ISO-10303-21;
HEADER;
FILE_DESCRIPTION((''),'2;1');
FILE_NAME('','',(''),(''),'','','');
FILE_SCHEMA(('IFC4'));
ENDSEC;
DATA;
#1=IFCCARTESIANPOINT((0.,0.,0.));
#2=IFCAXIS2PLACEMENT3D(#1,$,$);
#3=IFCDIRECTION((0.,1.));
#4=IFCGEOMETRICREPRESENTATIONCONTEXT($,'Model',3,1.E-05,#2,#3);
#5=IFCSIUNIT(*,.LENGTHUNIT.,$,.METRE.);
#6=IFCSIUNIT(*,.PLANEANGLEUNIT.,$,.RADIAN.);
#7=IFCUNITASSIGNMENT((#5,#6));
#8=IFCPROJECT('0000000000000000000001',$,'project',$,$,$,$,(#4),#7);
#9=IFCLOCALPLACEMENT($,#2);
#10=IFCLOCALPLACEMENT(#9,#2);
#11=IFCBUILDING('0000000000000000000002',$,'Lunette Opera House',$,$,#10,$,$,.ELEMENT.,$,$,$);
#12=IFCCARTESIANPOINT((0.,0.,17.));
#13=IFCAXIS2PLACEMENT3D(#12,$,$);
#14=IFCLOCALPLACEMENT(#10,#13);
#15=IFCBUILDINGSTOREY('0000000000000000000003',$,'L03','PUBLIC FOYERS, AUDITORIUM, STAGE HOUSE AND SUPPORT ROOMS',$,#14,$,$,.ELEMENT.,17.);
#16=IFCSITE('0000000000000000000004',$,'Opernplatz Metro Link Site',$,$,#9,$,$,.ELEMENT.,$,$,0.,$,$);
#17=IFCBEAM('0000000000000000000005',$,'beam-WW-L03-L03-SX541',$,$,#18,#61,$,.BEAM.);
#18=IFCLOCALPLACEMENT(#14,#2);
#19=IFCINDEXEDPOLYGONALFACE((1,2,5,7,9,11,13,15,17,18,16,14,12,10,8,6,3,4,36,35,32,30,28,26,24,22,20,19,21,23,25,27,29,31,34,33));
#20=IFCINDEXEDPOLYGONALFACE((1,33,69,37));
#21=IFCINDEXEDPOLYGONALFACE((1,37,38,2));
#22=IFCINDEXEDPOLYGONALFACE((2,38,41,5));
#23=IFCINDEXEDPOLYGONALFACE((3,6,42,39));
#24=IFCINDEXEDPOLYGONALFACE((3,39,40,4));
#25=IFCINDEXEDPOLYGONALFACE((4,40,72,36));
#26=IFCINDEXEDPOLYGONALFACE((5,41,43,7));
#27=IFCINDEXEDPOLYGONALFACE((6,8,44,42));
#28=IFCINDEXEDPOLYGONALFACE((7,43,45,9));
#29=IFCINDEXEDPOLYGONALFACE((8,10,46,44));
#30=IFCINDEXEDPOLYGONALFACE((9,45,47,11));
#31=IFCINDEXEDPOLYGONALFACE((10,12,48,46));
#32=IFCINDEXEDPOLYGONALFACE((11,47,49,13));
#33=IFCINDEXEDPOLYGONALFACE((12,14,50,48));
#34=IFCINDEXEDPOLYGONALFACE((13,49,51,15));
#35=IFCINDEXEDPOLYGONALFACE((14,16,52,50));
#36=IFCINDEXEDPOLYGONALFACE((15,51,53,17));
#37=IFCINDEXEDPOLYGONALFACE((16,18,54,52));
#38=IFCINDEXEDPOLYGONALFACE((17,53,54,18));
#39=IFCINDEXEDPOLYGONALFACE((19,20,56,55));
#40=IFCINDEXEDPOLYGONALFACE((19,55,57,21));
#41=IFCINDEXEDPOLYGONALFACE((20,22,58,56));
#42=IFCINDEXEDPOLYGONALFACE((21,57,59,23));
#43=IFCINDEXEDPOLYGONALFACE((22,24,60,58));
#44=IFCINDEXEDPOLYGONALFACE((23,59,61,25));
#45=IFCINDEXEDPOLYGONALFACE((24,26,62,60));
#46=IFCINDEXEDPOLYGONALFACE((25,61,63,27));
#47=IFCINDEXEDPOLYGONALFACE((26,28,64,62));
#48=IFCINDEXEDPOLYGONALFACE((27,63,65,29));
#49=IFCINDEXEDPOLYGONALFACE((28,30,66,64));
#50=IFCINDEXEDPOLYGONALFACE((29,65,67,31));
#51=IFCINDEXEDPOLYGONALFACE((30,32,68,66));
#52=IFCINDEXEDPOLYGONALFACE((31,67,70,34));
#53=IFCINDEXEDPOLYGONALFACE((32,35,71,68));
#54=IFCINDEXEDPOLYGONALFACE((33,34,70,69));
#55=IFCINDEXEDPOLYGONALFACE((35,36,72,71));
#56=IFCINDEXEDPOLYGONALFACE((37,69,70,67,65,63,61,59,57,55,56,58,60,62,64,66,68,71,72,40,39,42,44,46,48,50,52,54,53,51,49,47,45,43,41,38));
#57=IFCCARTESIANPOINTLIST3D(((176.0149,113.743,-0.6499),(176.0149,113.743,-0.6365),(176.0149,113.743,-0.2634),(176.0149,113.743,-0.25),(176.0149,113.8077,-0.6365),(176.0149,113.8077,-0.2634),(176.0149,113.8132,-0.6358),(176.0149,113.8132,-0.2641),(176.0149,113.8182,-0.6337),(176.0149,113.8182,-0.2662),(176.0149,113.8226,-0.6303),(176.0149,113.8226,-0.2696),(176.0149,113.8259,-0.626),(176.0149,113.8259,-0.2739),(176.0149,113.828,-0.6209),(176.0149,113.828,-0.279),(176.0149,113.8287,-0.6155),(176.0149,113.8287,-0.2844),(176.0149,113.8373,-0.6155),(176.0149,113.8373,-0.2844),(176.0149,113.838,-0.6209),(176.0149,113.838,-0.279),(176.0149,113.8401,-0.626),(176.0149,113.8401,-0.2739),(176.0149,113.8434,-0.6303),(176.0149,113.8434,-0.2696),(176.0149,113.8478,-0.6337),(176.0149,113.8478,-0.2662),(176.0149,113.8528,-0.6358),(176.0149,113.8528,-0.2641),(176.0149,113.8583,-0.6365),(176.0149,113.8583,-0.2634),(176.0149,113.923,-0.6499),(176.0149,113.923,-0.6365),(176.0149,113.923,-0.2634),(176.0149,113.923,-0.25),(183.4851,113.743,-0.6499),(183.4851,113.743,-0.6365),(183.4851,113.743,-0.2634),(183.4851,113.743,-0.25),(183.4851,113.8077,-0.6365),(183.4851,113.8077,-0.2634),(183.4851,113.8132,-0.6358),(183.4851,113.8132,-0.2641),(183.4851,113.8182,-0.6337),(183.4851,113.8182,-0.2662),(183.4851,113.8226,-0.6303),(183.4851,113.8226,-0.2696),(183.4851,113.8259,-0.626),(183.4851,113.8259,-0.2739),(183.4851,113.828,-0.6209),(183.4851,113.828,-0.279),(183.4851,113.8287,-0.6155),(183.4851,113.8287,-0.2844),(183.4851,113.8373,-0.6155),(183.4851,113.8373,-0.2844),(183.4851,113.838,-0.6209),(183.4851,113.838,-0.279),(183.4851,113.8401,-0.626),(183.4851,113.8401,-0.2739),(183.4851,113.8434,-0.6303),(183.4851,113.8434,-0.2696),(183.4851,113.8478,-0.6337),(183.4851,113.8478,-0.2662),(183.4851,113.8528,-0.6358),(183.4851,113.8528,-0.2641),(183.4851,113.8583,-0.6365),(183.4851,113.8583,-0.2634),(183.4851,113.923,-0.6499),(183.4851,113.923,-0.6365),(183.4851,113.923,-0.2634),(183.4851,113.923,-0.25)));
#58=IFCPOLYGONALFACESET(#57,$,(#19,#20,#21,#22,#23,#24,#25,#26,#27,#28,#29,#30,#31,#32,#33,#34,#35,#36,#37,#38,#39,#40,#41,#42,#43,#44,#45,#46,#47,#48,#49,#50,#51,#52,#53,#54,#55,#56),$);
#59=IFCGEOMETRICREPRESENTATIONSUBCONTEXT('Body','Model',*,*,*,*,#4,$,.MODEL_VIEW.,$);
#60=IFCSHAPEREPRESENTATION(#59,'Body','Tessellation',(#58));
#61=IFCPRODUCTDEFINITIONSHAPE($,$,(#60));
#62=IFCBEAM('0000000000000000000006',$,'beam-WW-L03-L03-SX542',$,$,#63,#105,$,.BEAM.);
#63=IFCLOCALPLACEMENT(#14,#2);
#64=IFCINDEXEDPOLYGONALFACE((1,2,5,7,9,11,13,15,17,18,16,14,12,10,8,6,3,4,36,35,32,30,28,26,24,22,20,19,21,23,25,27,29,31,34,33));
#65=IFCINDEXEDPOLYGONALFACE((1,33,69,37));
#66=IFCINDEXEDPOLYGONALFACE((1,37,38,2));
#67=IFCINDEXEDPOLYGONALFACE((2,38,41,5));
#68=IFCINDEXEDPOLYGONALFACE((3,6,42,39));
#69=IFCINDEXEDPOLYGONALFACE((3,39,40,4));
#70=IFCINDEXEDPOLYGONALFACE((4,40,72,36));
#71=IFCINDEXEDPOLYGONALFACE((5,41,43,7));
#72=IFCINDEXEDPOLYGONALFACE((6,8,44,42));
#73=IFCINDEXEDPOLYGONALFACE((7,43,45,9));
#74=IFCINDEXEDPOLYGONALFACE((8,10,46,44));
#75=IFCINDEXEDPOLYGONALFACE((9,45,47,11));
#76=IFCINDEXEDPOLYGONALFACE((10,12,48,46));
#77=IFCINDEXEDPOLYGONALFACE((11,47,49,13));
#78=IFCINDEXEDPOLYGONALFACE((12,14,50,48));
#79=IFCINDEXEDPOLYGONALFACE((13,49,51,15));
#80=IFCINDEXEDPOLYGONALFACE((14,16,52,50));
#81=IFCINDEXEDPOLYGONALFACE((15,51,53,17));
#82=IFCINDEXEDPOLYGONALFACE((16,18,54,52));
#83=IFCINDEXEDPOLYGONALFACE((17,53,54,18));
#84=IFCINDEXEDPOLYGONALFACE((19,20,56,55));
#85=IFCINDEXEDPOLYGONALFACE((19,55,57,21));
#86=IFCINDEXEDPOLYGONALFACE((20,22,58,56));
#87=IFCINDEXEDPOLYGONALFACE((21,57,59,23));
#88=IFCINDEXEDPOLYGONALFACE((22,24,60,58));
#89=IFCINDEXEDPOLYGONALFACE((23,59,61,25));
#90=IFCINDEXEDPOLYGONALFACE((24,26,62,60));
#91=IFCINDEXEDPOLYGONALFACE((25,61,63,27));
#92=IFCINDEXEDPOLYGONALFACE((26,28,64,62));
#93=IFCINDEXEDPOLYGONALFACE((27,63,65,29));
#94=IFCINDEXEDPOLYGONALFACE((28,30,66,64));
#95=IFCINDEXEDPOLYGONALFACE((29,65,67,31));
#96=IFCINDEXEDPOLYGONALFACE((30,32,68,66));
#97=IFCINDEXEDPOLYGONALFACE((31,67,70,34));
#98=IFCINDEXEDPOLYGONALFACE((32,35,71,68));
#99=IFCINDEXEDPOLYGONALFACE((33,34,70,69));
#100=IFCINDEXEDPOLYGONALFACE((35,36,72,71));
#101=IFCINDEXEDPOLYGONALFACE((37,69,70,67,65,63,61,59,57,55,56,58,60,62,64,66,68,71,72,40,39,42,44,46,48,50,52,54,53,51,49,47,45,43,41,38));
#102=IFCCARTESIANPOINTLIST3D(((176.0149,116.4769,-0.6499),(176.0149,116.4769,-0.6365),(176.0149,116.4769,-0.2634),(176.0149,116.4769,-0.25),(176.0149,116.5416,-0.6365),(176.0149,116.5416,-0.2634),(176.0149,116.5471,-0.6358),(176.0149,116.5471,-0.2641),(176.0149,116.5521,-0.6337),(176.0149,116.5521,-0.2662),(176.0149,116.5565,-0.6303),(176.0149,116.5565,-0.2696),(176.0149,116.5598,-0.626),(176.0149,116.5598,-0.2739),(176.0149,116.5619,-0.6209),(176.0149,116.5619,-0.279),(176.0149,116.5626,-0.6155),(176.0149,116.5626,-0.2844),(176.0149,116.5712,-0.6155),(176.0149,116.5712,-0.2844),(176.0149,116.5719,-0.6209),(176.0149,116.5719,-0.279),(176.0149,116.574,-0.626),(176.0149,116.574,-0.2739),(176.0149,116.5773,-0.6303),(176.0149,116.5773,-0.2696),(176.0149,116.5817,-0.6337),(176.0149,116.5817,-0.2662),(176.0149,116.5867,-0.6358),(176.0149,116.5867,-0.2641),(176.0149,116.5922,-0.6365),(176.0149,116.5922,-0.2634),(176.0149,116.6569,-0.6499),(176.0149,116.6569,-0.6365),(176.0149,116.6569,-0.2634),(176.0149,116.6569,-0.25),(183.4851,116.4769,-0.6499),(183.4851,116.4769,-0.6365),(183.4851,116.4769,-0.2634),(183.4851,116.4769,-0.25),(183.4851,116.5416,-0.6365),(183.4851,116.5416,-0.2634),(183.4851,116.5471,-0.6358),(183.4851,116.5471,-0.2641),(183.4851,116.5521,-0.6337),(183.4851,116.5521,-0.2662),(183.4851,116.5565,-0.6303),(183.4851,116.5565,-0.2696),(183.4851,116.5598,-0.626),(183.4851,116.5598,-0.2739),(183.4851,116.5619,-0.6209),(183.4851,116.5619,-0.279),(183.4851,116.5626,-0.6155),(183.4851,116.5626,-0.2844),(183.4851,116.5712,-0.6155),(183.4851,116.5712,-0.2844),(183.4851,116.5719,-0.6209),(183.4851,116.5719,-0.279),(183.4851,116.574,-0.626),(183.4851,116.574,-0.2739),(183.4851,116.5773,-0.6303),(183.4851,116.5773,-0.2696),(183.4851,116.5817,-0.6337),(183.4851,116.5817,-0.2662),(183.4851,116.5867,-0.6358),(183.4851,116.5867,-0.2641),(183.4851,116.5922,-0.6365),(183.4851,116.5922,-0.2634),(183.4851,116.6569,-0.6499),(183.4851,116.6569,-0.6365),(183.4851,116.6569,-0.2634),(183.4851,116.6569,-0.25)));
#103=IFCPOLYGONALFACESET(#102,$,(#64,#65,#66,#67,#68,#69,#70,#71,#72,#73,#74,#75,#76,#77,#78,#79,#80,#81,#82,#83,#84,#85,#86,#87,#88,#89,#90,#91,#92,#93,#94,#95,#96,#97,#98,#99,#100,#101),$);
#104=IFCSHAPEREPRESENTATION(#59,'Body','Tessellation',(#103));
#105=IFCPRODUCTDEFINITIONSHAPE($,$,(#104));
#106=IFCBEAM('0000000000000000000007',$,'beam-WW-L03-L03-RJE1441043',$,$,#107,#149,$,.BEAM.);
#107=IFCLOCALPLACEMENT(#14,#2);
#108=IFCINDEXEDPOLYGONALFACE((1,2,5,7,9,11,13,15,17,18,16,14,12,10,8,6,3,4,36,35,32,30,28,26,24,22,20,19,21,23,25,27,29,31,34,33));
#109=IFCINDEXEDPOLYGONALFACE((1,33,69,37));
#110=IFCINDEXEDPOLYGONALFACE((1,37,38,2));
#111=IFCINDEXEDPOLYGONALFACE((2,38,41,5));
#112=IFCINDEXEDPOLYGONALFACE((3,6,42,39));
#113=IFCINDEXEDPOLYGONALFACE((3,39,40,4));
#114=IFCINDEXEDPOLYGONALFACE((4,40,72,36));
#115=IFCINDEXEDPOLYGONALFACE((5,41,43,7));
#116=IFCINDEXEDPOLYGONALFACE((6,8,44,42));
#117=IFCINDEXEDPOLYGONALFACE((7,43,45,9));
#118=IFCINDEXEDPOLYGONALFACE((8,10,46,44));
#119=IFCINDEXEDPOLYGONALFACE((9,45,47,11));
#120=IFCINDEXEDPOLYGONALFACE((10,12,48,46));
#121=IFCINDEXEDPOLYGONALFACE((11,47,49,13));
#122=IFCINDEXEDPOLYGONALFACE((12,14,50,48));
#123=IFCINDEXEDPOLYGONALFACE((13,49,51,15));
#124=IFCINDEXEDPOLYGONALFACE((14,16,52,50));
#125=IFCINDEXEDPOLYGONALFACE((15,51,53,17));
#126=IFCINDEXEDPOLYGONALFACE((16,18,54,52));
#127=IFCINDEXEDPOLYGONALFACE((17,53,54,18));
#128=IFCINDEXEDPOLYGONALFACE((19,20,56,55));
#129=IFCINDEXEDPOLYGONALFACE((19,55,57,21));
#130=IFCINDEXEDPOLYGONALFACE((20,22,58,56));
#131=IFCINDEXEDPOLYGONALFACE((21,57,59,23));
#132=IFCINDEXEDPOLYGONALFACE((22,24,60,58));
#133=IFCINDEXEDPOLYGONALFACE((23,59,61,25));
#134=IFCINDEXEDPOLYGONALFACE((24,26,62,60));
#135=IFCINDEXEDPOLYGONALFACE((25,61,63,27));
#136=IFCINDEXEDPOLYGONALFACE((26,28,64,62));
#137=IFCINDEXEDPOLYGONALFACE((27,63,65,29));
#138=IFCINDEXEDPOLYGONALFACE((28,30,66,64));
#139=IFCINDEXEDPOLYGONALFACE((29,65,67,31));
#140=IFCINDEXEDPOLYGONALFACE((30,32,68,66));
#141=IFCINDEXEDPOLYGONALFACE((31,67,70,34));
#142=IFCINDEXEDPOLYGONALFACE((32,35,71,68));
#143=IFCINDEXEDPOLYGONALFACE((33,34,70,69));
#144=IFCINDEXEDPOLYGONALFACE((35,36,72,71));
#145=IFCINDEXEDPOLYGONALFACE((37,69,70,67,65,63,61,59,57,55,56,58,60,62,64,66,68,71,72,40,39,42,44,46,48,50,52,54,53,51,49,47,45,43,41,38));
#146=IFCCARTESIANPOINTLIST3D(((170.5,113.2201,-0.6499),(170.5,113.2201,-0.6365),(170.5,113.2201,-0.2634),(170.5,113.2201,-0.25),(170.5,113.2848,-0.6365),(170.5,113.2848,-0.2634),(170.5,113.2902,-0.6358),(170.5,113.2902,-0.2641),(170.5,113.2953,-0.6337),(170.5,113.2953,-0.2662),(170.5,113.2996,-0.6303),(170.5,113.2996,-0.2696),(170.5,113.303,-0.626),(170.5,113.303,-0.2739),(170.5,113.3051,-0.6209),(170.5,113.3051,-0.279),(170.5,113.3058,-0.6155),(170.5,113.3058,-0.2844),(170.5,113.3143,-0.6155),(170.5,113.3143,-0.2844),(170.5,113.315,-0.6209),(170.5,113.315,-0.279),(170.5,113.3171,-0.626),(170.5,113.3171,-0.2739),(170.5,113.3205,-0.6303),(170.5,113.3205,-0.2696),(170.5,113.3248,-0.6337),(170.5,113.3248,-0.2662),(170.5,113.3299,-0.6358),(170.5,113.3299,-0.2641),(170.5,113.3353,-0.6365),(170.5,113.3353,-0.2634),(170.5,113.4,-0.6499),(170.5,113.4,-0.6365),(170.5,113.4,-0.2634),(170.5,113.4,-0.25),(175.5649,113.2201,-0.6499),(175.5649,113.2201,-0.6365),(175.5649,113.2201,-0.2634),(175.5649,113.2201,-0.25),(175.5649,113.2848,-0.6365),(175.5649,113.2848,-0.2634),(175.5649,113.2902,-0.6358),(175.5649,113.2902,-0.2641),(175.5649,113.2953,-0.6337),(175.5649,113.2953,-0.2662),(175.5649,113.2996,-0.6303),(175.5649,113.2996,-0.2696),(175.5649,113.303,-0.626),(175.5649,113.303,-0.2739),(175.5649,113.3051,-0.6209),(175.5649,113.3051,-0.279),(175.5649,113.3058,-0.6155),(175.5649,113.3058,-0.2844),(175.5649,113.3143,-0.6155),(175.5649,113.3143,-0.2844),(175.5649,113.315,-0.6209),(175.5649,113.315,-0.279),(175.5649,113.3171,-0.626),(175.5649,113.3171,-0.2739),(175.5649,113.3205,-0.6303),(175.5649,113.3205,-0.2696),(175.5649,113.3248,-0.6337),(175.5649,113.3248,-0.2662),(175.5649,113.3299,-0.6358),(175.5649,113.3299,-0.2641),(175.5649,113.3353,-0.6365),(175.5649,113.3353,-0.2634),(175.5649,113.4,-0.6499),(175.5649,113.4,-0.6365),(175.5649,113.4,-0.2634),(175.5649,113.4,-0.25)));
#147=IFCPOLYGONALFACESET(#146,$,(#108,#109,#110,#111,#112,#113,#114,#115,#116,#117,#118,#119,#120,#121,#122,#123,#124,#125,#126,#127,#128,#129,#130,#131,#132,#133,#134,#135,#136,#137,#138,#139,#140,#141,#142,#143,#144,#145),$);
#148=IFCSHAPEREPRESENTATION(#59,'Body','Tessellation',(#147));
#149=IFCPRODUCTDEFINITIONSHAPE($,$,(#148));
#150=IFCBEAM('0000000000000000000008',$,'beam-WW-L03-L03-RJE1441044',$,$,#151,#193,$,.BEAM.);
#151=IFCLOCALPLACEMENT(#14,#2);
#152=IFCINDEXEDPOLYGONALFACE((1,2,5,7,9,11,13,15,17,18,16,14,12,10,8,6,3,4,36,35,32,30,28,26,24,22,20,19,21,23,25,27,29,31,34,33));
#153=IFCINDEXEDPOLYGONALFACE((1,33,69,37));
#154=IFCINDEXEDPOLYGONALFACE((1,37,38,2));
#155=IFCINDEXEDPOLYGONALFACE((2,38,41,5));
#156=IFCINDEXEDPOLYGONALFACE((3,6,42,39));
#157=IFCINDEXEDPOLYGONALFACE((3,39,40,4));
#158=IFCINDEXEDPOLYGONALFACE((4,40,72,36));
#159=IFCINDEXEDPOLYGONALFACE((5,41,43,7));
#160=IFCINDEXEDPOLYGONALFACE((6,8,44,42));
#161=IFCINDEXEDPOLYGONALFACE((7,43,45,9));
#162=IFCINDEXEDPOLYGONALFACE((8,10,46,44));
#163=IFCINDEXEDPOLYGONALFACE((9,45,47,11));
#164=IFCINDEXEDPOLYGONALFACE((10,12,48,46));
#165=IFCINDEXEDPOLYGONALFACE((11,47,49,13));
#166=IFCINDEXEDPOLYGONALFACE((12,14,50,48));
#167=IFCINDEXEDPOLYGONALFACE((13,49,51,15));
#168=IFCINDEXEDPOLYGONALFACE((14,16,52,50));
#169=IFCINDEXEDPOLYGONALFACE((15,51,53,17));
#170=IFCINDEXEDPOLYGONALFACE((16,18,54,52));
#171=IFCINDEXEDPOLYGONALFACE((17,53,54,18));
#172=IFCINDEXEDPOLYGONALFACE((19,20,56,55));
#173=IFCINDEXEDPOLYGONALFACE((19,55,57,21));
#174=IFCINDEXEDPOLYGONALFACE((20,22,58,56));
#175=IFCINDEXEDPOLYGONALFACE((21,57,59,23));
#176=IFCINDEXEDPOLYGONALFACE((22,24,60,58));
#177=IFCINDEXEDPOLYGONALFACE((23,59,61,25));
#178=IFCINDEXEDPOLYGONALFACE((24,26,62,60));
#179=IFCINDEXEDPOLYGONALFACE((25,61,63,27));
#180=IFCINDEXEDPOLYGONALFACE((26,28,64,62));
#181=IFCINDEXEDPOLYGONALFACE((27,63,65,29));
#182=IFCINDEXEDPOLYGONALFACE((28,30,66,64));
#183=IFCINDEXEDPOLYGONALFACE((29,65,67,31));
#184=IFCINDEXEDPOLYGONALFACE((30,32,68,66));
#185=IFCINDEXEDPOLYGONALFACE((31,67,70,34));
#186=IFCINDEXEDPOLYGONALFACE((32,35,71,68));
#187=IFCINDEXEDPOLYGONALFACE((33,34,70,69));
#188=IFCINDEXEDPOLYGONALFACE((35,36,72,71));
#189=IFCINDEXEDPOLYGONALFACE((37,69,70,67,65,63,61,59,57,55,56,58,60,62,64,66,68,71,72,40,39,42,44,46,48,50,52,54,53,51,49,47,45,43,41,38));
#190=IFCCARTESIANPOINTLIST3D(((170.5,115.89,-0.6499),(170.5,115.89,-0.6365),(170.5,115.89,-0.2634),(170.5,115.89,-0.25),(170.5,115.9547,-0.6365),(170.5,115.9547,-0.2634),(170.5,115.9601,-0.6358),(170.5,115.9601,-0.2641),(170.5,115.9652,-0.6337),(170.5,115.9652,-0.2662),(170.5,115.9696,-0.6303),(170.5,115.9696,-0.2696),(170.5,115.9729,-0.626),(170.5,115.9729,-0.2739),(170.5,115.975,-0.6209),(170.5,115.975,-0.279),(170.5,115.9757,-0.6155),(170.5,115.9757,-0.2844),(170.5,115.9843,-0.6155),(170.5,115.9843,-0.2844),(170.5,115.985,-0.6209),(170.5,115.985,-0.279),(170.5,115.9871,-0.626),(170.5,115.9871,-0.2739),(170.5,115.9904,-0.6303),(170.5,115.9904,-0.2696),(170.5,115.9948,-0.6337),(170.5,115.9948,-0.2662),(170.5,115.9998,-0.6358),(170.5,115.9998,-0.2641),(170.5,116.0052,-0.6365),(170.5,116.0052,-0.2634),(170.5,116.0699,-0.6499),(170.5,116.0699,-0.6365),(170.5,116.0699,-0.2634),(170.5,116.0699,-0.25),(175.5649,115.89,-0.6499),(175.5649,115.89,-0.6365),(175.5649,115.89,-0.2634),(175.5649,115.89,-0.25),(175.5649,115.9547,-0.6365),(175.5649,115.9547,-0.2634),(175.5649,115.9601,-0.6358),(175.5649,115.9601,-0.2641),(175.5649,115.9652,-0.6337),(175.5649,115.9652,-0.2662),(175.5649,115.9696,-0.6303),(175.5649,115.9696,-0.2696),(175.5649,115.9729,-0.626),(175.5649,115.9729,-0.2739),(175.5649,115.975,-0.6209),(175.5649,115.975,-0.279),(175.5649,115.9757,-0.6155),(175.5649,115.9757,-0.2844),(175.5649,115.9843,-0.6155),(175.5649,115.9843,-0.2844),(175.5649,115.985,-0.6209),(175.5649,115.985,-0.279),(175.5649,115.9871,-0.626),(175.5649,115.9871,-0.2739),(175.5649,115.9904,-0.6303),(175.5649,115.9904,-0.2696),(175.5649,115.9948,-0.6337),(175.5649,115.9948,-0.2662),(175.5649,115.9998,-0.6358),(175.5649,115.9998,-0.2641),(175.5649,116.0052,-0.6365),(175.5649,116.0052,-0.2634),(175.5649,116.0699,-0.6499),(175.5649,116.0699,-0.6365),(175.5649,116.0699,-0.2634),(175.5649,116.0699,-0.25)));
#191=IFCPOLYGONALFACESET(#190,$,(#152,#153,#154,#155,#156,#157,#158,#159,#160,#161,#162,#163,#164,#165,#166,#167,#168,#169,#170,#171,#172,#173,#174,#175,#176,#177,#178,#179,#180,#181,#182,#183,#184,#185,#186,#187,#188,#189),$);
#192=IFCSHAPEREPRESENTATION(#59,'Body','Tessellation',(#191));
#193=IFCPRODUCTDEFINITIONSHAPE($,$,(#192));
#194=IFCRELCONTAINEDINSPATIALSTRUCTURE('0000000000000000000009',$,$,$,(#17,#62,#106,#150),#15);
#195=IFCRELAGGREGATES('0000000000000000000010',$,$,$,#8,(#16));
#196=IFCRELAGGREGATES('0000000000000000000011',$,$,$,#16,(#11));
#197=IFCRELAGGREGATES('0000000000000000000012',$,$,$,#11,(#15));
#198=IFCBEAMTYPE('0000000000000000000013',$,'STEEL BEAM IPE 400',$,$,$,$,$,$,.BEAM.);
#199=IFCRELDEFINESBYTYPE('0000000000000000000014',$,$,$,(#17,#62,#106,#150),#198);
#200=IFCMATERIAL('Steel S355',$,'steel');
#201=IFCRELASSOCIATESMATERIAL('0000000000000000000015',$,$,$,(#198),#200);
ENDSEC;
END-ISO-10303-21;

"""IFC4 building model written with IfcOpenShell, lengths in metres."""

from ifc_helpers import new_model, si_unit, direction, frame, origin, origin_2d, place, context, subcontext, project, spatial, i_section, extrude, material, material_profile, profile_set, type_object, element, save


model = new_model("IFC4")

# Units and contexts
model_context = context("Model", 3, precision=1e-05, world=origin(), true_north=direction((0.0, 1.0)))
body_context = subcontext(model_context, "Body", "Model", "MODEL_VIEW")
ifc_project = project(units=[si_unit("LENGTHUNIT", "METRE"), si_unit("PLANEANGLEUNIT", "RADIAN")], contexts=[model_context])

# Site, building, storey
site_placement = place(None, origin())
site = spatial("IfcSite", under=ifc_project, at=site_placement, Name="Opernplatz Metro Link Site", CompositionType="ELEMENT", RefElevation=0.0)
building_placement = place(site_placement, origin())
building = spatial("IfcBuilding", under=site, at=building_placement, Name="Lunette Opera House", CompositionType="ELEMENT")
storey_placement = place(building_placement, frame((0.0, 0.0, 17.0)))
storey = spatial("IfcBuildingStorey", under=building, at=storey_placement, Name="L03", Description="PUBLIC FOYERS, AUDITORIUM, STAGE HOUSE AND SUPPORT ROOMS", CompositionType="ELEMENT", Elevation=17.0)

# Beams
ifc_material_1 = material(Name="Steel S355", Category="steel")
ifc_material_profile_1 = material_profile(ifc_material_1, i_section(OverallWidth=0.1799, OverallDepth=0.3999, WebThickness=0.0085, FlangeThickness=0.0134, FilletRadius=0.021, at=origin_2d()), Name="IPE 400")
ifc_profile_set_1 = profile_set([ifc_material_profile_1], Name="Steel S355")
beam_type_1 = type_object("IfcBeamType", Name="STEEL BEAM IPE 400", PredefinedType="BEAM", material=ifc_profile_set_1)
for number, where, z_axis, x_axis, name in (
    (1, (176.0149, 113.833, -0.45), (1.0, 0.0, 0.0), (0.0, 1.0, 0.0), "beam-WW-L03-L03-SX541"),
    (2, (176.0149, 116.5669, -0.45), (1.0, 0.0, 0.0), (0.0, 1.0, 0.0), "beam-WW-L03-L03-SX542"),
):
    element("IfcBeam", number, at=place(storey_placement, frame(where, z_axis=z_axis, x_axis=x_axis)), inside=storey, type_object=beam_type_1, Name=name, PredefinedType="BEAM", context=body_context, shape_type="SweptSolid", body=[
        extrude(i_section(OverallWidth=0.1799, OverallDepth=0.3999, WebThickness=0.0085, FlangeThickness=0.0134, FilletRadius=0.021, at=origin_2d()), origin(), (0.0, 0.0, 1.0), 7.4702),
    ])
for number, where, z_axis, x_axis, name in (
    (3, (170.5, 113.3101, -0.45), (1.0, 0.0, 0.0), (0.0, 1.0, 0.0), "beam-WW-L03-L03-RJE1441043"),
    (4, (170.5, 115.98, -0.45), (1.0, 0.0, 0.0), (0.0, 1.0, 0.0), "beam-WW-L03-L03-RJE1441044"),
):
    element("IfcBeam", number, at=place(storey_placement, frame(where, z_axis=z_axis, x_axis=x_axis)), inside=storey, type_object=beam_type_1, Name=name, PredefinedType="BEAM", context=body_context, shape_type="SweptSolid", body=[
        extrude(i_section(OverallWidth=0.1799, OverallDepth=0.3999, WebThickness=0.0085, FlangeThickness=0.0134, FilletRadius=0.021, at=origin_2d()), origin(), (0.0, 0.0, 1.0), 5.0649),
    ])

save(model, "model.ifc")
